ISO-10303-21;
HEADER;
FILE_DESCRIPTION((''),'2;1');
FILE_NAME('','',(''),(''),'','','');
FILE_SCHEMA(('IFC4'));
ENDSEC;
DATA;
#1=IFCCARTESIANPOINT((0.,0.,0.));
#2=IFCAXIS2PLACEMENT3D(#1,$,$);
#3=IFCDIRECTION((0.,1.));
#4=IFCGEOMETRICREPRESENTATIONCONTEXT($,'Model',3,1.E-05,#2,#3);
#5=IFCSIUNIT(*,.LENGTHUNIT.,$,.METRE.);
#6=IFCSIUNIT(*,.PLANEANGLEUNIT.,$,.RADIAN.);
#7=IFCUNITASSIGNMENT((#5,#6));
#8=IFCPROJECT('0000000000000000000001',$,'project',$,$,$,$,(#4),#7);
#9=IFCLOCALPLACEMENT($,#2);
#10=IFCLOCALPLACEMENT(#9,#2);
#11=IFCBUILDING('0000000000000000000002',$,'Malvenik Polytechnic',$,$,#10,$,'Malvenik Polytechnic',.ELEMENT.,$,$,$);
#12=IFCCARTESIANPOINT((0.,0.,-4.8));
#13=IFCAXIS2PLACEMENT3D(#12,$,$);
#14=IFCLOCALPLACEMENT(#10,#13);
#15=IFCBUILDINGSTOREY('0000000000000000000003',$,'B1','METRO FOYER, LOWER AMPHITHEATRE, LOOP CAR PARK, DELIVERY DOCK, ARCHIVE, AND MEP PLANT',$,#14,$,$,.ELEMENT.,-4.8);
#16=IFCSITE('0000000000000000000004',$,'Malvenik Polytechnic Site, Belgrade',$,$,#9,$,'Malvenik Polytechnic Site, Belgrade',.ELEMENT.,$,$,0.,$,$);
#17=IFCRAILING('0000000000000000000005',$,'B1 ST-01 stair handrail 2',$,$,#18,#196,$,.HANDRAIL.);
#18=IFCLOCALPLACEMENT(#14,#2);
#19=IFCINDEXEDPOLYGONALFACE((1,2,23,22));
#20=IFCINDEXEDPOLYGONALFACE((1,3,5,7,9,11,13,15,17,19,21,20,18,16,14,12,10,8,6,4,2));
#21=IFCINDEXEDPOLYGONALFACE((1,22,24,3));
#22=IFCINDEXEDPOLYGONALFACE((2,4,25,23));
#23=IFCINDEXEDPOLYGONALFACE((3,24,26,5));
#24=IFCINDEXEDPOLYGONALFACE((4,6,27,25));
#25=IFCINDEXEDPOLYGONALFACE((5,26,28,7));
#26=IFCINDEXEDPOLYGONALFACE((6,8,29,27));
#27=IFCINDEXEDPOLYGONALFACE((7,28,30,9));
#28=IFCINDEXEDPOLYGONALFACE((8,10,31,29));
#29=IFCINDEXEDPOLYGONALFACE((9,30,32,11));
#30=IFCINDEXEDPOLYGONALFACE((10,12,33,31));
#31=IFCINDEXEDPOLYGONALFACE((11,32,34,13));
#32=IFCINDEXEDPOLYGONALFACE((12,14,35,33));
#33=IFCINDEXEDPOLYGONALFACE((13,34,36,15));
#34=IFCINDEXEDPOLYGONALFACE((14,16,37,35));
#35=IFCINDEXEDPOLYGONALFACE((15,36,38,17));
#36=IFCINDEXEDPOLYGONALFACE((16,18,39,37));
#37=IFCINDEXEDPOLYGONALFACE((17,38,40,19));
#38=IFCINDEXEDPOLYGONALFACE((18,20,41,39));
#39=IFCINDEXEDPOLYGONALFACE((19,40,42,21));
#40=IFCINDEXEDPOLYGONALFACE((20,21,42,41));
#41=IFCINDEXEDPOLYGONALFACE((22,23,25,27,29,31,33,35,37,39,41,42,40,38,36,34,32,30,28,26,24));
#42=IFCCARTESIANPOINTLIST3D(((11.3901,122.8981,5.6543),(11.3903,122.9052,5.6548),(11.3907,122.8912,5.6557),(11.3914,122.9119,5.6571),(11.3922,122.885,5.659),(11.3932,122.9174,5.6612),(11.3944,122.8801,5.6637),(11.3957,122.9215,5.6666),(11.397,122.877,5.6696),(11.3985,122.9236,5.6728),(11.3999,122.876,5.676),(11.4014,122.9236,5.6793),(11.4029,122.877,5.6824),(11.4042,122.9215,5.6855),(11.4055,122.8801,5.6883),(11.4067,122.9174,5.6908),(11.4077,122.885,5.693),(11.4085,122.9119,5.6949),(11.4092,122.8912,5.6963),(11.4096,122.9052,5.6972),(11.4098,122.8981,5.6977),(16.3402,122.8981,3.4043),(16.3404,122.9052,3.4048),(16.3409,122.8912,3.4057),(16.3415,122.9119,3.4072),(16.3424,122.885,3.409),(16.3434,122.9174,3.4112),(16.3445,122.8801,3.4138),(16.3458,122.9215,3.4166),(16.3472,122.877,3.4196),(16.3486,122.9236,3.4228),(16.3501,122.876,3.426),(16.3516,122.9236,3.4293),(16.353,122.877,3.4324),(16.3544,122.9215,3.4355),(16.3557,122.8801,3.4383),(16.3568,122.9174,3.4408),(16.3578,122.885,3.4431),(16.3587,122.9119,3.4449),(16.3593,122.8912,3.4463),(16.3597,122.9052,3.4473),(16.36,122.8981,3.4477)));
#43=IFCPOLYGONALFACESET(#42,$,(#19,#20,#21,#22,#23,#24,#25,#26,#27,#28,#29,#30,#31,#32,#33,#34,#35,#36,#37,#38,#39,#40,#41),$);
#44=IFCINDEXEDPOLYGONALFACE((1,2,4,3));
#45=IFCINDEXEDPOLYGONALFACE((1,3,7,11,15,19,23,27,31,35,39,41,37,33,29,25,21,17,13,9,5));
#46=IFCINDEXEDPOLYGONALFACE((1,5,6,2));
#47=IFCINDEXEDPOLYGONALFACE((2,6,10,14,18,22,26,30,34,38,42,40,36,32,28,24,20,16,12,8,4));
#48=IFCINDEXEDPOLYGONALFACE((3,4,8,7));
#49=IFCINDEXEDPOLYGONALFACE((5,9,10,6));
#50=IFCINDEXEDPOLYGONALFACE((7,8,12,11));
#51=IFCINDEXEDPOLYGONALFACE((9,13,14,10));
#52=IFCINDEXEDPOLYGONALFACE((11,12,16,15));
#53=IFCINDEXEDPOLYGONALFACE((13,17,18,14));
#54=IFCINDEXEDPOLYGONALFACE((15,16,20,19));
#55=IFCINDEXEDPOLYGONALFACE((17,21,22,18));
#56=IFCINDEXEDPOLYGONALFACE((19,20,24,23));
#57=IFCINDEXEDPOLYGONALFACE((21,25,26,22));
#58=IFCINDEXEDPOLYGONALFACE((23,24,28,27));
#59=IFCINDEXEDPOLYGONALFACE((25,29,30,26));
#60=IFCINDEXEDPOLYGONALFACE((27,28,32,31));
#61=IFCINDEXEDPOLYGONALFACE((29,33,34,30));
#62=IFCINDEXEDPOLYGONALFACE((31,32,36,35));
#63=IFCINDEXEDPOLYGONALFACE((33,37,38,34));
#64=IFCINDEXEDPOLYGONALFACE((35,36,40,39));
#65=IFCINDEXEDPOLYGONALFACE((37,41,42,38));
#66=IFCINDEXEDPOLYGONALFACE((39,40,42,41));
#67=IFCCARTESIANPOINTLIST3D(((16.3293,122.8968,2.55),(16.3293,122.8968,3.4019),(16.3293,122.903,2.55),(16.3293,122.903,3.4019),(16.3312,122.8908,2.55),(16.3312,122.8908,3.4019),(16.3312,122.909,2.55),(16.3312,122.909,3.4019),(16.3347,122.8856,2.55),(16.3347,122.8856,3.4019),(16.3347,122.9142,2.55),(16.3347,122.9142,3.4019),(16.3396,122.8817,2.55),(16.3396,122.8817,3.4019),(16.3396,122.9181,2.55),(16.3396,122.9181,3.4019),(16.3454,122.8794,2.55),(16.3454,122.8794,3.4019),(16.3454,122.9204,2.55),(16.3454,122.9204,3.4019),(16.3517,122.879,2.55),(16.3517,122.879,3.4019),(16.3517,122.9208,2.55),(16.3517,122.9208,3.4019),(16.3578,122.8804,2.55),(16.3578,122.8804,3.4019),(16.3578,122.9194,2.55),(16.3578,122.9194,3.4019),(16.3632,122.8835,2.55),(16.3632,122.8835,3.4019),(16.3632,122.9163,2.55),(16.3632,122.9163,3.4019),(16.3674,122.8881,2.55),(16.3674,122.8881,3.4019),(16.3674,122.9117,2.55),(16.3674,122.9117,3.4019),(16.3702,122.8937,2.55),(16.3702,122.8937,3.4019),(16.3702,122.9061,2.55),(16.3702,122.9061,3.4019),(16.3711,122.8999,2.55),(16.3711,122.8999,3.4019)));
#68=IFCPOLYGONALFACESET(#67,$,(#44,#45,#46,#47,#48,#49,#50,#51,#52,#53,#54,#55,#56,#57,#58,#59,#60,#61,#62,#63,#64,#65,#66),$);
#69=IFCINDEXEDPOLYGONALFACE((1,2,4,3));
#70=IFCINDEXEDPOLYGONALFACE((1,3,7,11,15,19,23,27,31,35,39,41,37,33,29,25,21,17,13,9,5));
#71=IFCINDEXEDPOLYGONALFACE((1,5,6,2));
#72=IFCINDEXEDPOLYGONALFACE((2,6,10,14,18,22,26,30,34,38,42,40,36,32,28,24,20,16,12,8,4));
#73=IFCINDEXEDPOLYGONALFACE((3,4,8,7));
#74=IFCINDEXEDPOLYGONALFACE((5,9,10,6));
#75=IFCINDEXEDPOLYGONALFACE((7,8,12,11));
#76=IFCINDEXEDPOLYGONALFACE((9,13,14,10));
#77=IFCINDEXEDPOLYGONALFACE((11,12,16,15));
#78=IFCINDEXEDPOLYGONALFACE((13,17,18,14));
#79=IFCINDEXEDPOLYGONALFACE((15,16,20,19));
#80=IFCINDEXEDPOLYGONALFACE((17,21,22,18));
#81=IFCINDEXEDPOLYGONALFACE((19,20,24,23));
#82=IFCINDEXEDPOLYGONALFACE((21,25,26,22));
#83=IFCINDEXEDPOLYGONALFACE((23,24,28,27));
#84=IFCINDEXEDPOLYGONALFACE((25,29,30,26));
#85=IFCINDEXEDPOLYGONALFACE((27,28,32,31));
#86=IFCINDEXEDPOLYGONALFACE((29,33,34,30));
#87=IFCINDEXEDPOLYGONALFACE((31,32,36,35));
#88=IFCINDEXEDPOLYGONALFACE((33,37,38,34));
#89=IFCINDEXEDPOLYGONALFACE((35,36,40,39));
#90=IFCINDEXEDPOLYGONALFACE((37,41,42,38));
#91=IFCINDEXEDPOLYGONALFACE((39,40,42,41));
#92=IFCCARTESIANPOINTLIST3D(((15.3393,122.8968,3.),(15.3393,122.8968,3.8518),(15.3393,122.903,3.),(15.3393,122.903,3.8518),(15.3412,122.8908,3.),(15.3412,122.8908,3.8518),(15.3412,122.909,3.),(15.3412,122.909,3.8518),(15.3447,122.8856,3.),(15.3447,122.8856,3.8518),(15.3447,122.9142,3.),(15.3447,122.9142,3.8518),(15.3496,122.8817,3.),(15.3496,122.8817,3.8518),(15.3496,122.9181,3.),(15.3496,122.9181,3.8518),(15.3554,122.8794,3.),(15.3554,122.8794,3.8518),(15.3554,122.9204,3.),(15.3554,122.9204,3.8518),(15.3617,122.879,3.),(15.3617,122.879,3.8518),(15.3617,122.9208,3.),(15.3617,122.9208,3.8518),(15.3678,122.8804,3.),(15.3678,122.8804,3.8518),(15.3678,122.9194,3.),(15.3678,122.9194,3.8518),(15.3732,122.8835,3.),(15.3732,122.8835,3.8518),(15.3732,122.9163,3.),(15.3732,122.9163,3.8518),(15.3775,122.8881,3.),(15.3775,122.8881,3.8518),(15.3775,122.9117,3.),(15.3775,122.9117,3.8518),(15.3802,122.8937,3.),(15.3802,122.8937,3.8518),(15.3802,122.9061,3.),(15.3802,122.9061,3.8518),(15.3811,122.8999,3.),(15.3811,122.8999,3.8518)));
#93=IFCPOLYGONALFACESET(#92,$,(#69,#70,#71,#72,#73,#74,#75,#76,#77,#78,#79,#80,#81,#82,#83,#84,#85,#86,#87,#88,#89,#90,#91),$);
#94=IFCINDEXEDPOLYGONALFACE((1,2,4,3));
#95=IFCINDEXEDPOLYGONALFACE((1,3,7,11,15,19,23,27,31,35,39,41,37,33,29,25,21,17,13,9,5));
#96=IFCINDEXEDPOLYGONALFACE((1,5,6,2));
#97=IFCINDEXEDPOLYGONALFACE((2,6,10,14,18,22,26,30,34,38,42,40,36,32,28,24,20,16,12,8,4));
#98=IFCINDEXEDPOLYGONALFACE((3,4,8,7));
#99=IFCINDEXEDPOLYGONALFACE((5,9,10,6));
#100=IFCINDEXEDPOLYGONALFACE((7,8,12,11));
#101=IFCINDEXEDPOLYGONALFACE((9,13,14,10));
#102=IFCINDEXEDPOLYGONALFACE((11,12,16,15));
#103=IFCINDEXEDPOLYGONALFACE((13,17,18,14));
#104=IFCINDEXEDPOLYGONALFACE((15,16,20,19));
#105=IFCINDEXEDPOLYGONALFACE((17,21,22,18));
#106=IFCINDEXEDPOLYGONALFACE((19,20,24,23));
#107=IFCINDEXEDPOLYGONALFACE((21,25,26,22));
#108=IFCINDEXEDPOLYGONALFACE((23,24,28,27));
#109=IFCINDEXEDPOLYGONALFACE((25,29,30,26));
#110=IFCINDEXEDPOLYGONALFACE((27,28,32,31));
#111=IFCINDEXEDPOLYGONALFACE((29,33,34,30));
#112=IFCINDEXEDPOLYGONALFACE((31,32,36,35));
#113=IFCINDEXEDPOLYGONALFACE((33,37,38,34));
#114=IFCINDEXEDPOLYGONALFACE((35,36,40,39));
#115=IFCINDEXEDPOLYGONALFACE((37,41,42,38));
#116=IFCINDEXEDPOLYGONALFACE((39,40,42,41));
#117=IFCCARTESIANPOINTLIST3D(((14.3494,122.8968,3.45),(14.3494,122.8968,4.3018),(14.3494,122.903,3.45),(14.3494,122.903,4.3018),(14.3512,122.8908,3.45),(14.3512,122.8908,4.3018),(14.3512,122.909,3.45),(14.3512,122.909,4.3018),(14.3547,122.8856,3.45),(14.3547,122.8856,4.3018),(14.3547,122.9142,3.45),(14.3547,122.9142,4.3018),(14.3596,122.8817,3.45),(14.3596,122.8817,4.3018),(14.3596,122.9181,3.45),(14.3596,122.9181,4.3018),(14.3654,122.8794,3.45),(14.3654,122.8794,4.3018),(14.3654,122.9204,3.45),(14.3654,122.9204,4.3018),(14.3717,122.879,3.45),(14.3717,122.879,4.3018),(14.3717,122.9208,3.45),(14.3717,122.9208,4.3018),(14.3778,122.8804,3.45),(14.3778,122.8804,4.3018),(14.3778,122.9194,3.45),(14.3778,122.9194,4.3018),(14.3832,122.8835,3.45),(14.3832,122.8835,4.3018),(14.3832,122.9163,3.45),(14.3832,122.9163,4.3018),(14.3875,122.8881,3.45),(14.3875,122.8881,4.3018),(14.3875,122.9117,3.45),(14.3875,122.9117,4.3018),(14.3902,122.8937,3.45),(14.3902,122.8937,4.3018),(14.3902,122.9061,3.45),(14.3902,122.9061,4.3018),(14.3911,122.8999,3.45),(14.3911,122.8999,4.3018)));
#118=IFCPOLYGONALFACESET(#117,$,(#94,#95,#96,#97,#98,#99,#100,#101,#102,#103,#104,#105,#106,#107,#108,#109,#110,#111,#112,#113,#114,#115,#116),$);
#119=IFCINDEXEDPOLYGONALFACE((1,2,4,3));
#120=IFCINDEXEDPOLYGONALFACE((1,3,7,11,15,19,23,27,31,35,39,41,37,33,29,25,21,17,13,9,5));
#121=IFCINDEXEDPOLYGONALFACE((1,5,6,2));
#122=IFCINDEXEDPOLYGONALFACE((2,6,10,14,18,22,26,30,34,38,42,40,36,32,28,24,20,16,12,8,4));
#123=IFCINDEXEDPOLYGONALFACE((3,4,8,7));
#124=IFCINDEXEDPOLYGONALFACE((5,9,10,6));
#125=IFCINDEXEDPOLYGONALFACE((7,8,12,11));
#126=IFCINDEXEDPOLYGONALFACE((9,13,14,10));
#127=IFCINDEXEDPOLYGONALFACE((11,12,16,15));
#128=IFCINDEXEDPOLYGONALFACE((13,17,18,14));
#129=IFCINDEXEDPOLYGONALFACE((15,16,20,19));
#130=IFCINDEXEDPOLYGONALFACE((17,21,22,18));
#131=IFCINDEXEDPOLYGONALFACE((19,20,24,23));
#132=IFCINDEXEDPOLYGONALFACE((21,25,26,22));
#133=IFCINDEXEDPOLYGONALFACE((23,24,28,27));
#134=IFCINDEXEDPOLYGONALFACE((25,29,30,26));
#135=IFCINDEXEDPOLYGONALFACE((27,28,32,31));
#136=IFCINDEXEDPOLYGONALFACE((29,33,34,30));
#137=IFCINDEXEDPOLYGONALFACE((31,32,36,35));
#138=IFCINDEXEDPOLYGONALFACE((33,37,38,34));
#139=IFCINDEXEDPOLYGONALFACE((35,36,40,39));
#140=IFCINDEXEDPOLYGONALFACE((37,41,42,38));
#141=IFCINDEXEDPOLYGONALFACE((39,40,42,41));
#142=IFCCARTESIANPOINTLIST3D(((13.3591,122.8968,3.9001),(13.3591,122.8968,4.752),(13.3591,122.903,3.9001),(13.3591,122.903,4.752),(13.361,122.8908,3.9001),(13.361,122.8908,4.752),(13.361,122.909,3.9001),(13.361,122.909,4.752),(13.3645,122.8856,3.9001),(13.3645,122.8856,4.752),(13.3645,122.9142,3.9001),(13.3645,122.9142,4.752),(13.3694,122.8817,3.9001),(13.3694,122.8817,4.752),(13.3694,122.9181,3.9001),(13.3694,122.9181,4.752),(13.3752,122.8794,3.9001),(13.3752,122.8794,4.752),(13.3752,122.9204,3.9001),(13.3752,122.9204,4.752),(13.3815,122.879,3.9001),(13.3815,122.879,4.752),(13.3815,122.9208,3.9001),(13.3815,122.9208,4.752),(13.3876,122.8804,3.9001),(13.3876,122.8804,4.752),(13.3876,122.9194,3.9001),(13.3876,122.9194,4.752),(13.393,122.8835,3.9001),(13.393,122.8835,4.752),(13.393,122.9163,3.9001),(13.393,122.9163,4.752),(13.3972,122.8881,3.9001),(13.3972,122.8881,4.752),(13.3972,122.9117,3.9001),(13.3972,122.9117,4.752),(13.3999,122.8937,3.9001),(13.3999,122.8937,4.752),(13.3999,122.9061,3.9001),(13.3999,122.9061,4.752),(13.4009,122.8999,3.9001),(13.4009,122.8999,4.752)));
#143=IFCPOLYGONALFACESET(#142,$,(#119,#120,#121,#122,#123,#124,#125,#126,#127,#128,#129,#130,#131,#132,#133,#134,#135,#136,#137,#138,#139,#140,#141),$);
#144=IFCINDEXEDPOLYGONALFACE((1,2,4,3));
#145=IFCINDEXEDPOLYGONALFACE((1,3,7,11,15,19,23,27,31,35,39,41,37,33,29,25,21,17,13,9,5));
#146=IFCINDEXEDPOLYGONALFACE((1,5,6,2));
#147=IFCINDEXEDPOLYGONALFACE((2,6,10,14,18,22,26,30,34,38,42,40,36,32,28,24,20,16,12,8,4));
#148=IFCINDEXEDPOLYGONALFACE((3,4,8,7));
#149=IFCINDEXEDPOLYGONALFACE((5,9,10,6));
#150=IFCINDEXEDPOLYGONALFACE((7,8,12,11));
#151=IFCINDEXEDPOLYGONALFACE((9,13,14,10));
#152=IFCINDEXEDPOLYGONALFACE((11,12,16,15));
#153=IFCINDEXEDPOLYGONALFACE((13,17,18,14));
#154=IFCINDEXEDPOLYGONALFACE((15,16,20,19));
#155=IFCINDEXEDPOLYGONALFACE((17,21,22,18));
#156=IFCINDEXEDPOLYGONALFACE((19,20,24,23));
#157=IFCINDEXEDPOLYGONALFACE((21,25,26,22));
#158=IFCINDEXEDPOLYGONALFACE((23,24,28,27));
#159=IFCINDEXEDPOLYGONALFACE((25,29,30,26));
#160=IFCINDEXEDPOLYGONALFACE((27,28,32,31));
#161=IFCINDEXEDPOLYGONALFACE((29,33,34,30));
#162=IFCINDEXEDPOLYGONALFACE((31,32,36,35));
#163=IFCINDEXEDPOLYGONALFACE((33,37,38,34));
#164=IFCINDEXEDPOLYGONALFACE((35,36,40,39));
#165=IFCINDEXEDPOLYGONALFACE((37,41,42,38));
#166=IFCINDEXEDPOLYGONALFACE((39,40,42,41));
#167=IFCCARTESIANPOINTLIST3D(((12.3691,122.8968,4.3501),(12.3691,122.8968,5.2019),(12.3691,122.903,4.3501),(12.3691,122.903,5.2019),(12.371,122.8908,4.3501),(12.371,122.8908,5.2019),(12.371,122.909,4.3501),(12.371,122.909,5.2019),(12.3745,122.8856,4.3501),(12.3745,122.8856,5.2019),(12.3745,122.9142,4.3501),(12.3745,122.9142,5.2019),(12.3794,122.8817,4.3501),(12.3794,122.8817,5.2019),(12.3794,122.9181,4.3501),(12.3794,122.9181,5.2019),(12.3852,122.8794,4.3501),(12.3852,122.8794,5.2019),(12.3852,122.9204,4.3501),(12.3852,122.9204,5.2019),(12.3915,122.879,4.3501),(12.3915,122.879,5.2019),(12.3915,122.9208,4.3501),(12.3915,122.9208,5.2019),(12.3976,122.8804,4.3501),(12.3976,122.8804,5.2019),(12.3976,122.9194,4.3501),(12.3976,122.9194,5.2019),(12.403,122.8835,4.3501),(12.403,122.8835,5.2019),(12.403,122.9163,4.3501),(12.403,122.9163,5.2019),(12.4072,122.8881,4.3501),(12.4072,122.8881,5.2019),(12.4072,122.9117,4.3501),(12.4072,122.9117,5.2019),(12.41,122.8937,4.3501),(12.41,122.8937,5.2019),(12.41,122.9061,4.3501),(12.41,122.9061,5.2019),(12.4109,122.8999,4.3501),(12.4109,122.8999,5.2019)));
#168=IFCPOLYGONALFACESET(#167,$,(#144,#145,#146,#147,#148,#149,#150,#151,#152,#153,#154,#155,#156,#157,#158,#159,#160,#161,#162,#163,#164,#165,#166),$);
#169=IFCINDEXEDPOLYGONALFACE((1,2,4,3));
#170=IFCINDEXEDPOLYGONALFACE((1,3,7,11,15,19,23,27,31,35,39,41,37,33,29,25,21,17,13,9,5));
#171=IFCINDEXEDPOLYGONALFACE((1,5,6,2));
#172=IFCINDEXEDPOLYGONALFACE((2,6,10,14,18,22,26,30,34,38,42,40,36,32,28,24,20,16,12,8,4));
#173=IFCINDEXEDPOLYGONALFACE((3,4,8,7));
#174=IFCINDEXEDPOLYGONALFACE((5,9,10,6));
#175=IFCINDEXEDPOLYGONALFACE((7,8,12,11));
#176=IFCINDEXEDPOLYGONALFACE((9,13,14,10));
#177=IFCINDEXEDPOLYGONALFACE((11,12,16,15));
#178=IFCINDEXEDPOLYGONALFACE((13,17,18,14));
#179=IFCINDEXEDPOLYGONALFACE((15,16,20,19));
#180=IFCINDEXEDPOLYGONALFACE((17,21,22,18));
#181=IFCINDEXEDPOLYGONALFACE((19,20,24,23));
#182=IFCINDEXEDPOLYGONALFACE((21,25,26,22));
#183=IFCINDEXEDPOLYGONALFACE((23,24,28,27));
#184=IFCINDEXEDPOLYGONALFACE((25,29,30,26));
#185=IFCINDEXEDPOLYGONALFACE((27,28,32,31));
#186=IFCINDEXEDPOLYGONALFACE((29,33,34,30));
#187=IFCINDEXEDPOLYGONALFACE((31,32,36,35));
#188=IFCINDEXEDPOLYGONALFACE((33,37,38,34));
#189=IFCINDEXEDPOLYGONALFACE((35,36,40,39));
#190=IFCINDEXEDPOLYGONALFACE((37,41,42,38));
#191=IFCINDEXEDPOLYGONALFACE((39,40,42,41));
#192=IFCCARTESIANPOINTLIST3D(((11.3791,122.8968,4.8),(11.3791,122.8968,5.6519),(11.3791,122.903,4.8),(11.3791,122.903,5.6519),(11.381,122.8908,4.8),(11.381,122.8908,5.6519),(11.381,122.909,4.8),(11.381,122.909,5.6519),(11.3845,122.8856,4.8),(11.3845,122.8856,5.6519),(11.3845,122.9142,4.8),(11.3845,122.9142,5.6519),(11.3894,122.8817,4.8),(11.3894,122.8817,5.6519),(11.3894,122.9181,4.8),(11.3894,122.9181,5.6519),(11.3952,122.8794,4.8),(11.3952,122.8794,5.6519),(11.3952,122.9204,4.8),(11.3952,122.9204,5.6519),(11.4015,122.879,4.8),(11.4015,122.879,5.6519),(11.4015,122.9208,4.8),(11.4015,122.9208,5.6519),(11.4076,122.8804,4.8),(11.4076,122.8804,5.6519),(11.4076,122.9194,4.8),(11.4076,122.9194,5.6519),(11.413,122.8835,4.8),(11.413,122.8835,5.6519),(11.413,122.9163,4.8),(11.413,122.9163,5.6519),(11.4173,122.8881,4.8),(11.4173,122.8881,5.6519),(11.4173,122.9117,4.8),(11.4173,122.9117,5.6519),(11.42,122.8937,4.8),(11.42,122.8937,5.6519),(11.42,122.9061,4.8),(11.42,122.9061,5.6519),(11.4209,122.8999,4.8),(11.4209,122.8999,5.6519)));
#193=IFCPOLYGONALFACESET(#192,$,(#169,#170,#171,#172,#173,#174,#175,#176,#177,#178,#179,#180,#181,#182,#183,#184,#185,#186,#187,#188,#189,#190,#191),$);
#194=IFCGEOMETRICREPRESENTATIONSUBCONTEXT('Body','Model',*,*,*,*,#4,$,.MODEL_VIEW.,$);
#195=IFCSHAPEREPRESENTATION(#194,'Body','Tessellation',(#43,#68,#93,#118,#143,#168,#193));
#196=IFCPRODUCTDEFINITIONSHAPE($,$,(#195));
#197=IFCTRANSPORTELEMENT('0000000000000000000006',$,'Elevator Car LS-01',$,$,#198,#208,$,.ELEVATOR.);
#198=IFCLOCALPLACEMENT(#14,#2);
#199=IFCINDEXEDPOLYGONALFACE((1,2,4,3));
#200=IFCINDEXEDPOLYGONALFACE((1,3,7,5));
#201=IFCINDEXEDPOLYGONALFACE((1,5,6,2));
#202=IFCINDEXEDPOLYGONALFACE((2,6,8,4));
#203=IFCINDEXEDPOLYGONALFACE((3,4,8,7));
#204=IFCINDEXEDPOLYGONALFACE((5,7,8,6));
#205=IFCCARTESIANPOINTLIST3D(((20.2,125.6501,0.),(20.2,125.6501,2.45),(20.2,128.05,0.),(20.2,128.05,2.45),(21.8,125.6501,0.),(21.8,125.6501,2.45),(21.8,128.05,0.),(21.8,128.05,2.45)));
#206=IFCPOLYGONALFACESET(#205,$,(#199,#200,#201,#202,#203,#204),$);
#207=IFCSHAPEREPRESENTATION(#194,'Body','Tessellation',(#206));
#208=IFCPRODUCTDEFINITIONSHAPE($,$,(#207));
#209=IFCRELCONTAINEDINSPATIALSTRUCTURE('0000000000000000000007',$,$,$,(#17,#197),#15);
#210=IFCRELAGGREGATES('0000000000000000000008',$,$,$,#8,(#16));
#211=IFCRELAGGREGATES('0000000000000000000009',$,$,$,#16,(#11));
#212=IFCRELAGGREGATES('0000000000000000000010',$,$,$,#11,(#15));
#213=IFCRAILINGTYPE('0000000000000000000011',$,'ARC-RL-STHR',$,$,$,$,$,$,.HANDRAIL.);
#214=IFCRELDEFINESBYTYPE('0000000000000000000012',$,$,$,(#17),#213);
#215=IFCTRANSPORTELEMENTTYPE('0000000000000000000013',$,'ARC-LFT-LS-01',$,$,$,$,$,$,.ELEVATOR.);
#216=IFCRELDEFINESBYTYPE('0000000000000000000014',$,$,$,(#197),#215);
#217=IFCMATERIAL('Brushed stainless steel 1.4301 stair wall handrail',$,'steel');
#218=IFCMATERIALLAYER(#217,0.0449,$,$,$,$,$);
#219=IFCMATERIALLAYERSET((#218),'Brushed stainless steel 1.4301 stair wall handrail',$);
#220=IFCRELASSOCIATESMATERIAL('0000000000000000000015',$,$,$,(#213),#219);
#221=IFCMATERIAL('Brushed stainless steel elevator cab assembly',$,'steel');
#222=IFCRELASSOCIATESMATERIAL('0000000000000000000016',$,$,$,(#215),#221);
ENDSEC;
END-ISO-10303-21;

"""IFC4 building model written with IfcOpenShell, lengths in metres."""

from ifc_helpers import new_model, si_unit, direction, frame, origin, origin_2d, place, context, subcontext, project, spatial, rectangle, circle, extrude, material, layer, layer_set, type_object, element, save


model = new_model("IFC4")

# Units and contexts
model_context = context("Model", 3, precision=1e-05, world=origin(), true_north=direction((0.0, 1.0)))
body_context = subcontext(model_context, "Body", "Model", "MODEL_VIEW")
ifc_project = project(units=[si_unit("LENGTHUNIT", "METRE"), si_unit("PLANEANGLEUNIT", "RADIAN")], contexts=[model_context])

# Site, building, storey
site_placement = place(None, origin())
site = spatial("IfcSite", under=ifc_project, at=site_placement, Name="Malvenik Polytechnic Site, Belgrade", LongName="Malvenik Polytechnic Site, Belgrade", CompositionType="ELEMENT", RefElevation=0.0)
building_placement = place(site_placement, origin())
building = spatial("IfcBuilding", under=site, at=building_placement, Name="Malvenik Polytechnic", LongName="Malvenik Polytechnic", CompositionType="ELEMENT")
storey_placement = place(building_placement, frame((0.0, 0.0, -4.8)))
storey = spatial("IfcBuildingStorey", under=building, at=storey_placement, Name="B1", Description="METRO FOYER, LOWER AMPHITHEATRE, LOOP CAR PARK, DELIVERY DOCK, ARCHIVE, AND MEP PLANT", CompositionType="ELEMENT", Elevation=-4.8)

# Railing
ifc_material_1 = material(Name="Brushed stainless steel 1.4301 stair wall handrail", Category="steel")
ifc_layer_1 = layer(ifc_material_1, 0.0449)
ifc_layer_set_1 = layer_set([ifc_layer_1], Name="Brushed stainless steel 1.4301 stair wall handrail")
railing_type_1 = type_object("IfcRailingType", Name="ARC-RL-STHR", PredefinedType="HANDRAIL", material=ifc_layer_set_1)
railing_1_placement = place(storey_placement, frame((16.3501, 122.8999, 2.55)))
element("IfcRailing", 1, at=railing_1_placement, inside=storey, type_object=railing_type_1, Name="B1 ST-01 stair handrail 2", PredefinedType="HANDRAIL", context=body_context, shape_type="SweptSolid", body=[
    extrude(circle(Radius=0.0239, at=origin_2d()), frame((0.0, 0.0, 0.876), z_axis=(-0.910373, 0.0, 0.413789), x_axis=(0.0, -1.0, 0.0)), (0.0, 0.0, 1.0), 5.4375),
    extrude(circle(Radius=0.021, at=origin_2d()), origin(), (0.0, 0.0, 1.0), 0.8518),
    extrude(circle(Radius=0.021, at=origin_2d()), frame((-0.99, 0.0, 0.45)), (0.0, 0.0, 1.0), 0.8518),
    extrude(circle(Radius=0.021, at=origin_2d()), frame((-1.98, 0.0, 0.8999)), (0.0, 0.0, 1.0), 0.8518),
    extrude(circle(Radius=0.021, at=origin_2d()), frame((-2.9702, 0.0, 1.3501)), (0.0, 0.0, 1.0), 0.8518),
    extrude(circle(Radius=0.021, at=origin_2d()), frame((-3.9602, 0.0, 1.8)), (0.0, 0.0, 1.0), 0.8518),
    extrude(circle(Radius=0.021, at=origin_2d()), frame((-4.9502, 0.0, 2.25)), (0.0, 0.0, 1.0), 0.8518),
])

# Transport element
ifc_material_2 = material(Name="Brushed stainless steel elevator cab assembly", Category="steel")
transport_element_type = type_object("IfcTransportElementType", Name="ARC-LFT-LS-01", PredefinedType="ELEVATOR", material=ifc_material_2)
transport_element_placement = place(storey_placement, frame((21.0, 126.8501, 0.0), z_axis=(0.0, 0.0, 1.0), x_axis=(1.0, 0.0, 0.0)))
element("IfcTransportElement", 2, at=transport_element_placement, inside=storey, type_object=transport_element_type, Name="Elevator Car LS-01", PredefinedType="ELEVATOR", context=body_context, shape_type="SweptSolid", body=[
    extrude(rectangle(XDim=1.6001, YDim=2.3999, at=origin_2d()), origin(), (0.0, 0.0, 1.0), 2.45),
])

save(model, "model.ifc")
